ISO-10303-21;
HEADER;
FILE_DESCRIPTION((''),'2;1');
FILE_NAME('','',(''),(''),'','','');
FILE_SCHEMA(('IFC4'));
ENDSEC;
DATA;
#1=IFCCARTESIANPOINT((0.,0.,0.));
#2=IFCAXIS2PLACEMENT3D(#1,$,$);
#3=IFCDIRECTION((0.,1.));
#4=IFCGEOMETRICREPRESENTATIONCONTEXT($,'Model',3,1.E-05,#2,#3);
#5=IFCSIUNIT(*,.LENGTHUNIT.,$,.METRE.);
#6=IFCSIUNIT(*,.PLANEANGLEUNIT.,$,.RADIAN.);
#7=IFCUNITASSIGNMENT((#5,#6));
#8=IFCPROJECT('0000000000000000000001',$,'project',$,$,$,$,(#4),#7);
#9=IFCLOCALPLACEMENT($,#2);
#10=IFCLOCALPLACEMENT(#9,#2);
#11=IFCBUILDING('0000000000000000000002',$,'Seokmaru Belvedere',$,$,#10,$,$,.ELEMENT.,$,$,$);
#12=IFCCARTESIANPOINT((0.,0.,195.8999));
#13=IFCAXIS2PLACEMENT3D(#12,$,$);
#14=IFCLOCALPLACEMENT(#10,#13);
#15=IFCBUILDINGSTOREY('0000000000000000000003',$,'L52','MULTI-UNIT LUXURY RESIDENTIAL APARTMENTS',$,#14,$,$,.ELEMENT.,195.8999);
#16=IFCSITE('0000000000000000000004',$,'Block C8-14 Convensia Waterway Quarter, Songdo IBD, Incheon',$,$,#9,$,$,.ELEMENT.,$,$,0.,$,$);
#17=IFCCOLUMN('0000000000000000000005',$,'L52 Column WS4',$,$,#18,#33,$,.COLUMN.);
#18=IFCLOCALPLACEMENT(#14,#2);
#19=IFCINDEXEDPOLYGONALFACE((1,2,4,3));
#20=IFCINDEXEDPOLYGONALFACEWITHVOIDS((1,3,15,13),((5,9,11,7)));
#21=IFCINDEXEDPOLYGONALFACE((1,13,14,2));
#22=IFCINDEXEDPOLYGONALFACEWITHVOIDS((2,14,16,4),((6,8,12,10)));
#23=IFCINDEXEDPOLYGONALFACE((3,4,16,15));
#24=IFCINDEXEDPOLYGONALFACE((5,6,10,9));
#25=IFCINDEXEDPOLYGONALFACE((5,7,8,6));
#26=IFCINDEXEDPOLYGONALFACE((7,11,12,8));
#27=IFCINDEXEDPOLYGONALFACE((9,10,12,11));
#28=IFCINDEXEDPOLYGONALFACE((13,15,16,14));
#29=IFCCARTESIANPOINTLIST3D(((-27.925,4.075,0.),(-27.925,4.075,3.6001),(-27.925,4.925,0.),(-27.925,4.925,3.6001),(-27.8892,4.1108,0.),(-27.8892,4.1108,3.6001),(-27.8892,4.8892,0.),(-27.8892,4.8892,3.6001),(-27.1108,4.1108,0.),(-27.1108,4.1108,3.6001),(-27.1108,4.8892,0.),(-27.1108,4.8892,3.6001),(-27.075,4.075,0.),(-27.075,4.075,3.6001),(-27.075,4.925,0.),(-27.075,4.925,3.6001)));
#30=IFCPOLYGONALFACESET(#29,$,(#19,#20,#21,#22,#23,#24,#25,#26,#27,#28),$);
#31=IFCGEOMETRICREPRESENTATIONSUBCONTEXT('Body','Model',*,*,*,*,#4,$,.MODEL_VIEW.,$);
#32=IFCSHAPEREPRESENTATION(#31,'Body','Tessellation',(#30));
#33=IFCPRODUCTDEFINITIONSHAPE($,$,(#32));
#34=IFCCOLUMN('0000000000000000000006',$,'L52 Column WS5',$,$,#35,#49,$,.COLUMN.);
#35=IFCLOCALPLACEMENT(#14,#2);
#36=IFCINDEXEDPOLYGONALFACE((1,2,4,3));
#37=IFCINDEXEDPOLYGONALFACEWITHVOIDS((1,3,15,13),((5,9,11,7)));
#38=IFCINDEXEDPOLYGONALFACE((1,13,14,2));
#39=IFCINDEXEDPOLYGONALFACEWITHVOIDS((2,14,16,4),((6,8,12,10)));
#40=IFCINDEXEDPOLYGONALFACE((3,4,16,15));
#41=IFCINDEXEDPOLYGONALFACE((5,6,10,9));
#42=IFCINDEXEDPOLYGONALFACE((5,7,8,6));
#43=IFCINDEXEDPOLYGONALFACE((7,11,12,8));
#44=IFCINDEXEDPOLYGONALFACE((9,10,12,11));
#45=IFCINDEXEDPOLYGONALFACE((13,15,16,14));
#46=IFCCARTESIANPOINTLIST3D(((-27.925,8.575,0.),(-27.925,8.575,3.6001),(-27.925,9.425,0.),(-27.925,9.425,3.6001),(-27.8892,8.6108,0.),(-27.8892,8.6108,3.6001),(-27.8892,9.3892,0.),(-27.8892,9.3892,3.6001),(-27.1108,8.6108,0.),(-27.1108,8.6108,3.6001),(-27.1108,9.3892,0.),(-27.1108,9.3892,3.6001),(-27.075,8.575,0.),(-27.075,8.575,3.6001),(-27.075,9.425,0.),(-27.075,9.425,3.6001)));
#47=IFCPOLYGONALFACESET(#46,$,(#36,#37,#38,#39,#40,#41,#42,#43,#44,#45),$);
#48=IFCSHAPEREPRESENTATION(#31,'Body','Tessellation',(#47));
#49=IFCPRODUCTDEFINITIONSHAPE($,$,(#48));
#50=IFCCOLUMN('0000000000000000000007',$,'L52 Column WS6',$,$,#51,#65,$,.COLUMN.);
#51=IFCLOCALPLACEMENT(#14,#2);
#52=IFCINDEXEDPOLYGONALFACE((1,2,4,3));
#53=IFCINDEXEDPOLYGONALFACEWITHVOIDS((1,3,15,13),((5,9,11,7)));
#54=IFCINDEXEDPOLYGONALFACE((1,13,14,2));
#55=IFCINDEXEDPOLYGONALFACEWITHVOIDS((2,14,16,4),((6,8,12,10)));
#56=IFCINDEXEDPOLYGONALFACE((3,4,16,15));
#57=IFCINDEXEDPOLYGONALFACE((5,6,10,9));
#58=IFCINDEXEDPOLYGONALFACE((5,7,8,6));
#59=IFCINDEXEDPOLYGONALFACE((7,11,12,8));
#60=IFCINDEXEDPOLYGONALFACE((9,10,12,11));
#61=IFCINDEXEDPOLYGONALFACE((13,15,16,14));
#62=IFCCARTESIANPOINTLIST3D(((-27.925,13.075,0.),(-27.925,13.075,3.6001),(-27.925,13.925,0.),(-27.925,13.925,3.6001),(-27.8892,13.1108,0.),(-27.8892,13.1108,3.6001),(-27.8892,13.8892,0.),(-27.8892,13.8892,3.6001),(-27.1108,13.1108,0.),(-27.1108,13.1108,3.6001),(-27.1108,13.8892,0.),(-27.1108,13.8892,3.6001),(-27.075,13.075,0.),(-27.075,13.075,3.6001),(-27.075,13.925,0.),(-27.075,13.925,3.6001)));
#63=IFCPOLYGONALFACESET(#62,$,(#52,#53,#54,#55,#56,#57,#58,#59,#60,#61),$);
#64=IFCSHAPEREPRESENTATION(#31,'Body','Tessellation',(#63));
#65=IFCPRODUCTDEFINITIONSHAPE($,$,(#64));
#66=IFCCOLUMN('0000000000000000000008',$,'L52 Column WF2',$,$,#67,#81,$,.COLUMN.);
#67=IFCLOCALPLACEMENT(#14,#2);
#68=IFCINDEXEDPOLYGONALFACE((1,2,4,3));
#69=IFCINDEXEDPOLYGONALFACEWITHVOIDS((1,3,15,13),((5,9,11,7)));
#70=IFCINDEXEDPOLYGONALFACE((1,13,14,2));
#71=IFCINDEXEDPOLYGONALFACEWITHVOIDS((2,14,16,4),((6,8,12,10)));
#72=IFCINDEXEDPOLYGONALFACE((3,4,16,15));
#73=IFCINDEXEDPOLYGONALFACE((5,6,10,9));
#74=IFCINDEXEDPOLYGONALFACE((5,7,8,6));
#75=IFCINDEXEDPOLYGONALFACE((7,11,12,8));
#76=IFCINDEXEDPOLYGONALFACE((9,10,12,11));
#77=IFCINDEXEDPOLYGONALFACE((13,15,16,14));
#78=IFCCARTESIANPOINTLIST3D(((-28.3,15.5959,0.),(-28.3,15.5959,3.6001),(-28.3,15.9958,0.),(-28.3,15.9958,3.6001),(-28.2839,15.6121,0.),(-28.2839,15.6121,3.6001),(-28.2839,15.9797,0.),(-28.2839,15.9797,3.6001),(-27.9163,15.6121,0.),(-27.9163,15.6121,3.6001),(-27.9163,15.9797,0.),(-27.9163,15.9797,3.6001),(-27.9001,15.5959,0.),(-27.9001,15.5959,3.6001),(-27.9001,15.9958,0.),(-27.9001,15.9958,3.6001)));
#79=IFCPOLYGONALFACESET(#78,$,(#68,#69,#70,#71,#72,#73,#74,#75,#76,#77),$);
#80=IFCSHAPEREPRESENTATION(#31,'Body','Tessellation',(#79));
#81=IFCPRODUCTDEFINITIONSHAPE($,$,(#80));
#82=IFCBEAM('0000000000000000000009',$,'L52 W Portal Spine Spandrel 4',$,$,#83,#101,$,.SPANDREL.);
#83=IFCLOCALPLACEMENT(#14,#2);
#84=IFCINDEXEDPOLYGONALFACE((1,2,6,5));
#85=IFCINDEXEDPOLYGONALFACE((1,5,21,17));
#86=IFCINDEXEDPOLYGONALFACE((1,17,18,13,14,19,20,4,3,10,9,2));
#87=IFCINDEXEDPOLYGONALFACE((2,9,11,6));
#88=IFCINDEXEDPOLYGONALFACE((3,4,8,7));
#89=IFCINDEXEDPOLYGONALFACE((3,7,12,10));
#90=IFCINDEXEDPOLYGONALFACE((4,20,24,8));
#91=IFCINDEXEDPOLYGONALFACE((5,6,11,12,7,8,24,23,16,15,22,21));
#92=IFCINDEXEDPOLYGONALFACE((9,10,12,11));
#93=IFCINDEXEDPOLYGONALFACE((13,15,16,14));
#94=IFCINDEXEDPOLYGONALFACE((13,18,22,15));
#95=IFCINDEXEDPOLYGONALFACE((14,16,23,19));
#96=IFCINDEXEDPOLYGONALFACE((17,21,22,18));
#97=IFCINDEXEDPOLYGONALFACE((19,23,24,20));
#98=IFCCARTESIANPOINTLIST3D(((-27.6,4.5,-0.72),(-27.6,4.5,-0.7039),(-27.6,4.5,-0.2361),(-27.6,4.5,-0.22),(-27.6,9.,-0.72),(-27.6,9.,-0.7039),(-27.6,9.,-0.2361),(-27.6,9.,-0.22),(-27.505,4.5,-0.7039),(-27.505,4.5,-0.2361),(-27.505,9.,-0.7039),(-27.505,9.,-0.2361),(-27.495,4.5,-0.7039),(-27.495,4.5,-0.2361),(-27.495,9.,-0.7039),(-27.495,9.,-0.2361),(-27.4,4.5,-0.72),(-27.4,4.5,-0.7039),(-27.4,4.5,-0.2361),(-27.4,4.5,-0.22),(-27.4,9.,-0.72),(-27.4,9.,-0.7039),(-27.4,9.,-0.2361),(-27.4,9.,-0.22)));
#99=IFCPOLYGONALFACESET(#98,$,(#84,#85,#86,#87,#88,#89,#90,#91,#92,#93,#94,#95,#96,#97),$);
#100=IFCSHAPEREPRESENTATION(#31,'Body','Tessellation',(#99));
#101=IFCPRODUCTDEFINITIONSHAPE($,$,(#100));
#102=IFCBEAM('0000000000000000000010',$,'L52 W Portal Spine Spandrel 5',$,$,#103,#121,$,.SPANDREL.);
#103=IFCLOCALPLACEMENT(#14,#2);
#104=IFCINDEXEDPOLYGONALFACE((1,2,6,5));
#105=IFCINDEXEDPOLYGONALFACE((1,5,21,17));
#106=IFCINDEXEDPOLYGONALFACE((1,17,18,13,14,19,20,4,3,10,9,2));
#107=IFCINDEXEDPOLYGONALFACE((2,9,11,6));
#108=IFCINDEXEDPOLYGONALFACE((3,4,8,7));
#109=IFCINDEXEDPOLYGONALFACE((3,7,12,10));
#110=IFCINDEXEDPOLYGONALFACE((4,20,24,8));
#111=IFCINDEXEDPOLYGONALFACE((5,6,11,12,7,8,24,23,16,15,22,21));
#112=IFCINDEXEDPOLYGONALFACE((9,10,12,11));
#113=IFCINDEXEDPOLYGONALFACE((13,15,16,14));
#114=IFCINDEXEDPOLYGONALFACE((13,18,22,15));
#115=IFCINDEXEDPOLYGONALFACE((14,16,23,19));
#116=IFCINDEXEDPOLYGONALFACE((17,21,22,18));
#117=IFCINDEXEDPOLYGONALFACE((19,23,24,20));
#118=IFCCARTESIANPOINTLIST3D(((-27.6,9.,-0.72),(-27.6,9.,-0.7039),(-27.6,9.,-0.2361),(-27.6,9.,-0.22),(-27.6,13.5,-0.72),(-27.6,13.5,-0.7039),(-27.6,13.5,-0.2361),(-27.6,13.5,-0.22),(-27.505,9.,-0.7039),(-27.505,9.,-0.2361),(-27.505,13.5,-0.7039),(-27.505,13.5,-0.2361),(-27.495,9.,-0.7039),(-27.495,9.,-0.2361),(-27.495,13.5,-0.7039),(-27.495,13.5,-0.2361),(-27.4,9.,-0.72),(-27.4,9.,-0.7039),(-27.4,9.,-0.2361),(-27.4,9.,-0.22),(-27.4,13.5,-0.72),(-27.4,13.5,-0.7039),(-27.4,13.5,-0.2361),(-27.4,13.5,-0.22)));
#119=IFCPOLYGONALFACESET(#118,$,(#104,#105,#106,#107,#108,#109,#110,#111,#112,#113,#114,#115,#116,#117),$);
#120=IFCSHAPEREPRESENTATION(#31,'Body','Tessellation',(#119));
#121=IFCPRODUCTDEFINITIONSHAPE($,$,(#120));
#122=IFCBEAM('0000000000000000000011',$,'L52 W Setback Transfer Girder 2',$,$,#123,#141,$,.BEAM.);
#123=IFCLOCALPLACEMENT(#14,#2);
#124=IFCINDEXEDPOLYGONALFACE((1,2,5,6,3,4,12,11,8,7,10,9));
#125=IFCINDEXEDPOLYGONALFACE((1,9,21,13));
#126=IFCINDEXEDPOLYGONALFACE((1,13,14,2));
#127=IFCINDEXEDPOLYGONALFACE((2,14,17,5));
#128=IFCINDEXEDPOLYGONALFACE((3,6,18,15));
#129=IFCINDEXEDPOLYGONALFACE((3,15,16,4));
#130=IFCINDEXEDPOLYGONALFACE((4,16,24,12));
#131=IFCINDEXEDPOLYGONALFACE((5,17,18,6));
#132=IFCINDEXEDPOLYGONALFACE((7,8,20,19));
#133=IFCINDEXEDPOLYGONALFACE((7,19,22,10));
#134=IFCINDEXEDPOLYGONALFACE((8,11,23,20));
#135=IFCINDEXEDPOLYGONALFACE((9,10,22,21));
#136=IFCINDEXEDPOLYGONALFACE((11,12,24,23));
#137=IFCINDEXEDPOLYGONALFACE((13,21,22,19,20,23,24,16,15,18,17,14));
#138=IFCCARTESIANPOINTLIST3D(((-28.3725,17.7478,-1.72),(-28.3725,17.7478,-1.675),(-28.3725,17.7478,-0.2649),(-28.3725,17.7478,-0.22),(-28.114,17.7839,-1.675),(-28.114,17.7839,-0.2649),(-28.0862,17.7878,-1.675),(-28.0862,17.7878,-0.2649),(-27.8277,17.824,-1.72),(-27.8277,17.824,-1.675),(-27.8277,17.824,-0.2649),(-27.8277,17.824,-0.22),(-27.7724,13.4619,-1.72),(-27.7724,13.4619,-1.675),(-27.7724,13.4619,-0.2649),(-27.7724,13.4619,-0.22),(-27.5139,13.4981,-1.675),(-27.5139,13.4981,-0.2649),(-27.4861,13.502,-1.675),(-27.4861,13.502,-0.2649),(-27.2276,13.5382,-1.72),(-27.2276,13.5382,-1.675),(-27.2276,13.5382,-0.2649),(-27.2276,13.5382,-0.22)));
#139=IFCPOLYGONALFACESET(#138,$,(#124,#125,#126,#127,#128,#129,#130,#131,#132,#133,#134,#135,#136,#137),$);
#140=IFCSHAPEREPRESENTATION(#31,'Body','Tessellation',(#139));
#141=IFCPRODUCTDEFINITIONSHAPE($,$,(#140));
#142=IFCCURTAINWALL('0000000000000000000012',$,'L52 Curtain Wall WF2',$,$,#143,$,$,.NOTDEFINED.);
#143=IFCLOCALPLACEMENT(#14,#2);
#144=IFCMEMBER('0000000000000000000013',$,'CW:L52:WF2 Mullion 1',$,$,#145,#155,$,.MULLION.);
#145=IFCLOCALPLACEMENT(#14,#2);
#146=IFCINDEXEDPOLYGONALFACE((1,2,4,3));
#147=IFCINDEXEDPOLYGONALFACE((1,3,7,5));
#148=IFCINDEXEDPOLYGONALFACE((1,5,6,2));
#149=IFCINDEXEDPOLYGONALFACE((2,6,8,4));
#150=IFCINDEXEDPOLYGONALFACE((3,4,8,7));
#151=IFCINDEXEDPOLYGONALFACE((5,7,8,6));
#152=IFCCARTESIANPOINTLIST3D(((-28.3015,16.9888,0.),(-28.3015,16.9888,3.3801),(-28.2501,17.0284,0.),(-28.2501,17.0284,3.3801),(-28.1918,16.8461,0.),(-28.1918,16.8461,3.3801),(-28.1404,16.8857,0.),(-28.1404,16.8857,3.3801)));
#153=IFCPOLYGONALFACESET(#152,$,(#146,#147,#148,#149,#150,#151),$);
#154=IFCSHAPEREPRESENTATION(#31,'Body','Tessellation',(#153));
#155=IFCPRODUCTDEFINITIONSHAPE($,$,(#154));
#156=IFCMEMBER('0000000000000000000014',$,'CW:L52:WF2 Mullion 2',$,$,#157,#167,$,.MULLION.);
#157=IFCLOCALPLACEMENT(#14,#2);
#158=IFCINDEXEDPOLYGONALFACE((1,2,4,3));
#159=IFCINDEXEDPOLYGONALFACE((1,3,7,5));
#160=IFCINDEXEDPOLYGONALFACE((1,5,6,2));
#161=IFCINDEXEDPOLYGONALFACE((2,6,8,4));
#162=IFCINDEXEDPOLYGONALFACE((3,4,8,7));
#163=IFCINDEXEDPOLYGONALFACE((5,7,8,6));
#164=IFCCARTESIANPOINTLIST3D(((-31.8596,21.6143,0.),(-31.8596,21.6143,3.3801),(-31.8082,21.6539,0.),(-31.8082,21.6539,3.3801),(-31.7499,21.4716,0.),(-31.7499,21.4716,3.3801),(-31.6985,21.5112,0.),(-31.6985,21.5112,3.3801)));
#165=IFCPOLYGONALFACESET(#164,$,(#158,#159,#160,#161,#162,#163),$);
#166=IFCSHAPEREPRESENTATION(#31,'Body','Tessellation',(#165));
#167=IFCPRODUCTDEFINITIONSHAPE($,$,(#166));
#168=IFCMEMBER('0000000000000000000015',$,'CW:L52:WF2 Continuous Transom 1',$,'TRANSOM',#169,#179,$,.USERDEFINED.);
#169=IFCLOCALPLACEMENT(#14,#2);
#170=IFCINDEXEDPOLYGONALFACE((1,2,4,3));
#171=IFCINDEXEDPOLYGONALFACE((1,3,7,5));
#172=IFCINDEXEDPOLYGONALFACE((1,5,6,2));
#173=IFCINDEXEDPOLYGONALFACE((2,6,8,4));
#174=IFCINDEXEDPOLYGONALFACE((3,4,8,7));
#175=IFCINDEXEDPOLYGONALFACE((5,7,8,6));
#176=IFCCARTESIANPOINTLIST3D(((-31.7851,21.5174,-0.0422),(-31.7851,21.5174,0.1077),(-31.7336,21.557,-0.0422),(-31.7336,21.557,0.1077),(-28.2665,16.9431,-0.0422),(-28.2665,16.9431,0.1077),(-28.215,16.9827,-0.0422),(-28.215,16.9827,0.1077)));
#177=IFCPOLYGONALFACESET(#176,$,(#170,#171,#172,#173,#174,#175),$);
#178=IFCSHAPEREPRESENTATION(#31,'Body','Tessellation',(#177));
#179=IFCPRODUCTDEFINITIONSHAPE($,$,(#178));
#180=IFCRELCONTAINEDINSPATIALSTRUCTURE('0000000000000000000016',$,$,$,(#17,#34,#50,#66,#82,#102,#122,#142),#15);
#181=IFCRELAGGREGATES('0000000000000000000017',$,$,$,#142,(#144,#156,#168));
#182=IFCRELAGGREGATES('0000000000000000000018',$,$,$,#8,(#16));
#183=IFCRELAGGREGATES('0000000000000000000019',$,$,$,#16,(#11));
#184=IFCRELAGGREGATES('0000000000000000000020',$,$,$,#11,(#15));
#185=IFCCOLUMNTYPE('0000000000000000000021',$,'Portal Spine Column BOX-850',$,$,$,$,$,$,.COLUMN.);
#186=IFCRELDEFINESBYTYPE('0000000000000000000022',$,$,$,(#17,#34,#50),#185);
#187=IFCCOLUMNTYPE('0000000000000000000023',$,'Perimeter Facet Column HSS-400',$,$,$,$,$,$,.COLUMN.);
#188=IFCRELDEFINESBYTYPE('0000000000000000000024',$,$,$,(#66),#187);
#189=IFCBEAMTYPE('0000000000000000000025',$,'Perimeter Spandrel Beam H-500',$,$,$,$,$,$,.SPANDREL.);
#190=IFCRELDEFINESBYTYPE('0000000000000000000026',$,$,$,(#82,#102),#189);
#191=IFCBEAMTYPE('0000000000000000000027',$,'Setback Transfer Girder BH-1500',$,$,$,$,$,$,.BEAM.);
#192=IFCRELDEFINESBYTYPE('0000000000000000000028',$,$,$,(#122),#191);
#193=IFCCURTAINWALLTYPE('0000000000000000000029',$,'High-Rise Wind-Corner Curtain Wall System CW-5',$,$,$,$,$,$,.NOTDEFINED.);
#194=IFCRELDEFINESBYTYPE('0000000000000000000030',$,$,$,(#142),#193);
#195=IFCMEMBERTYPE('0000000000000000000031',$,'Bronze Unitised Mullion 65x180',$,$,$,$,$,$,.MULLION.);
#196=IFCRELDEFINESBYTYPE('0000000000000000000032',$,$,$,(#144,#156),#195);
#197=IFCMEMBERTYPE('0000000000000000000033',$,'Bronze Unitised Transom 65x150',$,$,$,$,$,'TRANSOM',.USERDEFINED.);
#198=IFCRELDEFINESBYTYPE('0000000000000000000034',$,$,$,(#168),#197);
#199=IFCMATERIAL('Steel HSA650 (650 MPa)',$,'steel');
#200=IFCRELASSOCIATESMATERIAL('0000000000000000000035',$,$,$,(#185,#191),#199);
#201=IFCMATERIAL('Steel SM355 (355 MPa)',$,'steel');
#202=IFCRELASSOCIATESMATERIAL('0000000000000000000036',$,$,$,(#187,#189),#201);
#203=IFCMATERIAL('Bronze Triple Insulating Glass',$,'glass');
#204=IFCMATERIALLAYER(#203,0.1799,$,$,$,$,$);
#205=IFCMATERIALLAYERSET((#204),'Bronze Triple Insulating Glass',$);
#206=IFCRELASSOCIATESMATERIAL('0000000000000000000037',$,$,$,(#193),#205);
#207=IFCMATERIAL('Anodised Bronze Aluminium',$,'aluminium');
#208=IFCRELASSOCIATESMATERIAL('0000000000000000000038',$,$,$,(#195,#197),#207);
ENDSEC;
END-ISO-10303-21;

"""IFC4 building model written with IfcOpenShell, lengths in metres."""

from ifc_helpers import new_model, si_unit, direction, frame, origin, origin_2d, place, context, subcontext, project, spatial, rectangle, hollow_rectangle, i_section, extrude, source, transform, mapped, material, layer, layer_set, material_profile, profile_set, type_object, type_shapes, element, aggregate, save


model = new_model("IFC4")

# Units and contexts
model_context = context("Model", 3, precision=1e-05, world=origin(), true_north=direction((0.0, 1.0)))
body_context = subcontext(model_context, "Body", "Model", "MODEL_VIEW")
ifc_project = project(units=[si_unit("LENGTHUNIT", "METRE"), si_unit("PLANEANGLEUNIT", "RADIAN")], contexts=[model_context])

# Site, building, storey
site_placement = place(None, origin())
site = spatial("IfcSite", under=ifc_project, at=site_placement, Name="Block C8-14 Convensia Waterway Quarter, Songdo IBD, Incheon", CompositionType="ELEMENT", RefElevation=0.0)
building_placement = place(site_placement, origin())
building = spatial("IfcBuilding", under=site, at=building_placement, Name="Seokmaru Belvedere", CompositionType="ELEMENT")
storey_placement = place(building_placement, frame((0.0, 0.0, 195.8999)))
storey = spatial("IfcBuildingStorey", under=building, at=storey_placement, Name="L52", Description="MULTI-UNIT LUXURY RESIDENTIAL APARTMENTS", CompositionType="ELEMENT", Elevation=195.8999)

# Columns
ifc_material_1 = material(Name="Steel HSA650 (650 MPa)", Category="steel")
ifc_material_profile_1 = material_profile(ifc_material_1, hollow_rectangle(XDim=0.8501, YDim=0.8501, WallThickness=0.0359, at=origin_2d()), Name="BOX-850x850x36")
ifc_profile_set_1 = profile_set([ifc_material_profile_1], Name="Steel HSA650 (650 MPa)")
column_type_1 = type_object("IfcColumnType", Name="Portal Spine Column BOX-850", PredefinedType="COLUMN", material=ifc_profile_set_1)
shared_shape_1 = source(origin(), body_context, "Body", "SweptSolid", [
    extrude(hollow_rectangle(XDim=0.8501, YDim=0.8501, WallThickness=0.0359, at=origin_2d()), origin(), (0.0, 0.0, 1.0), 3.6001),
])
type_shapes(column_type_1, [shared_shape_1])
for number, where, z_axis, x_axis, name in (
    (1, (-27.5, 4.5, 0.0), (0.0, 0.0, 1.0), (1.0, 0.0, 0.0), "L52 Column WS4"),
    (2, (-27.5, 9.0, 0.0), (0.0, 0.0, 1.0), (1.0, 0.0, 0.0), "L52 Column WS5"),
    (3, (-27.5, 13.5, 0.0), (0.0, 0.0, 1.0), (1.0, 0.0, 0.0), "L52 Column WS6"),
):
    element("IfcColumn", number, at=place(storey_placement, frame(where, z_axis=z_axis, x_axis=x_axis)), inside=storey, type_object=column_type_1, Name=name, PredefinedType="COLUMN", context=body_context, shape_type="MappedRepresentation", body=[
        mapped(shared_shape_1, transform((0.0, 0.0, 0.0), scale=1.0)),
    ])
ifc_material_2 = material(Name="Steel SM355 (355 MPa)", Category="steel")
ifc_material_profile_2 = material_profile(ifc_material_2, hollow_rectangle(XDim=0.3999, YDim=0.3999, WallThickness=0.0161, at=origin_2d()), Name="HSS-400x400x16")
ifc_profile_set_2 = profile_set([ifc_material_profile_2], Name="Steel SM355 (355 MPa)")
column_type_2 = type_object("IfcColumnType", Name="Perimeter Facet Column HSS-400", PredefinedType="COLUMN", material=ifc_profile_set_2)
shared_shape_2 = source(origin(), body_context, "Body", "SweptSolid", [
    extrude(hollow_rectangle(XDim=0.3999, YDim=0.3999, WallThickness=0.0161, at=origin_2d()), origin(), (0.0, 0.0, 1.0), 3.6001),
])
type_shapes(column_type_2, [shared_shape_2])
column_placement = place(storey_placement, frame((-28.1001, 15.7959, 0.0), z_axis=(0.0, 0.0, 1.0), x_axis=(1.0, 0.0, 0.0)))
element("IfcColumn", 4, at=column_placement, inside=storey, type_object=column_type_2, Name="L52 Column WF2", PredefinedType="COLUMN", context=body_context, shape_type="MappedRepresentation", body=[
    mapped(shared_shape_2, transform((0.0, 0.0, 0.0), scale=1.0)),
])

# Beams
ifc_material_profile_3 = material_profile(ifc_material_2, i_section(OverallWidth=0.2, OverallDepth=0.5, WebThickness=0.01, FlangeThickness=0.0161, at=origin_2d()), Name="H-500x200x10x16")
ifc_profile_set_3 = profile_set([ifc_material_profile_3], Name="Steel SM355 (355 MPa)")
beam_type_1 = type_object("IfcBeamType", Name="Perimeter Spandrel Beam H-500", PredefinedType="SPANDREL", material=ifc_profile_set_3)
shared_shape_3 = source(origin(), body_context, "Body", "SweptSolid", [
    extrude(i_section(OverallWidth=0.2, OverallDepth=0.5, WebThickness=0.01, FlangeThickness=0.0161, at=origin_2d()), origin(), (0.0, 0.0, 1.0), 4.5),
])
type_shapes(beam_type_1, [shared_shape_3])
for number, where, z_axis, x_axis, name in (
    (5, (-27.5, 4.5, -0.47), (0.0, 1.0, 0.0), (-1.0, 0.0, 0.0), "L52 W Portal Spine Spandrel 4"),
    (6, (-27.5, 9.0, -0.47), (0.0, 1.0, 0.0), (-1.0, 0.0, 0.0), "L52 W Portal Spine Spandrel 5"),
):
    element("IfcBeam", number, at=place(storey_placement, frame(where, z_axis=z_axis, x_axis=x_axis)), inside=storey, type_object=beam_type_1, Name=name, PredefinedType="SPANDREL", context=body_context, shape_type="MappedRepresentation", body=[
        mapped(shared_shape_3, transform((0.0, 0.0, 0.0), scale=1.0)),
    ])
ifc_material_profile_4 = material_profile(ifc_material_1, i_section(OverallWidth=0.55, OverallDepth=1.5, WebThickness=0.0281, FlangeThickness=0.0449, at=origin_2d()), Name="BH-1500x550x28x45")
ifc_profile_set_4 = profile_set([ifc_material_profile_4], Name="Steel HSA650 (650 MPa)")
beam_type_2 = type_object("IfcBeamType", Name="Setback Transfer Girder BH-1500", PredefinedType="BEAM", material=ifc_profile_set_4)
shared_shape_4 = source(origin(), body_context, "Body", "SweptSolid", [
    extrude(i_section(OverallWidth=0.55, OverallDepth=1.5, WebThickness=0.0281, FlangeThickness=0.0449, at=origin_2d()), origin(), (0.0, 0.0, 1.0), 4.3276),
])
type_shapes(beam_type_2, [shared_shape_4])
beam_1_placement = place(storey_placement, frame((-28.1001, 17.7859, -0.97), z_axis=(0.138664, -0.990339, 0.0), x_axis=(0.990339, 0.138664, 0.0)))
element("IfcBeam", 7, at=beam_1_placement, inside=storey, type_object=beam_type_2, Name="L52 W Setback Transfer Girder 2", PredefinedType="BEAM", context=body_context, shape_type="MappedRepresentation", body=[
    mapped(shared_shape_4, transform((0.0, 0.0, 0.0), scale=1.0)),
])

# Curtain wall, members
ifc_material_3 = material(Name="Bronze Triple Insulating Glass", Category="glass")
ifc_layer_1 = layer(ifc_material_3, 0.1799)
ifc_layer_set_1 = layer_set([ifc_layer_1], Name="Bronze Triple Insulating Glass")
curtain_wall_type = type_object("IfcCurtainWallType", Name="High-Rise Wind-Corner Curtain Wall System CW-5", PredefinedType="NOTDEFINED", material=ifc_layer_set_1)
curtain_wall_placement = place(storey_placement, origin())
curtain_wall = element("IfcCurtainWall", 8, at=curtain_wall_placement, inside=storey, type_object=curtain_wall_type, Name="L52 Curtain Wall WF2", PredefinedType="NOTDEFINED")
ifc_material_4 = material(Name="Anodised Bronze Aluminium", Category="aluminium")
ifc_material_profile_5 = material_profile(ifc_material_4, rectangle(XDim=0.0649, YDim=0.1799, at=origin_2d()), Name="CW-M-65x180")
ifc_profile_set_5 = profile_set([ifc_material_profile_5], Name="Anodised Bronze Aluminium")
member_type_1 = type_object("IfcMemberType", Name="Bronze Unitised Mullion 65x180", PredefinedType="MULLION", material=ifc_profile_set_5)
shared_shape_5 = source(origin(), body_context, "Body", "SweptSolid", [
    extrude(rectangle(XDim=0.0649, YDim=0.1799, at=origin_2d()), origin(), (0.0, 0.0, 1.0), 3.3801),
])
type_shapes(member_type_1, [shared_shape_5])
member_1_placement = place(storey_placement, frame((-28.2209, 16.9373, 0.0), z_axis=(0.0, 0.0, 1.0), x_axis=(-0.792631, -0.609701, 0.0)))
member_1 = element("IfcMember", 9, at=member_1_placement, type_object=member_type_1, Name="CW:L52:WF2 Mullion 1", PredefinedType="MULLION", context=body_context, shape_type="MappedRepresentation", body=[
    mapped(shared_shape_5, transform((0.0, 0.0, 0.0), scale=1.0)),
])
member_2_placement = place(storey_placement, frame((-31.7791, 21.5627, 0.0), z_axis=(0.0, 0.0, 1.0), x_axis=(-0.792631, -0.609701, 0.0)))
member_2 = element("IfcMember", 10, at=member_2_placement, type_object=member_type_1, Name="CW:L52:WF2 Mullion 2", PredefinedType="MULLION", context=body_context, shape_type="MappedRepresentation", body=[
    mapped(shared_shape_5, transform((0.0, 0.0, 0.0), scale=1.0)),
])
ifc_material_profile_6 = material_profile(ifc_material_4, rectangle(XDim=0.0649, YDim=0.1499, at=origin_2d()), Name="CW-T-65x150")
ifc_profile_set_6 = profile_set([ifc_material_profile_6], Name="Anodised Bronze Aluminium")
member_type_2 = type_object("IfcMemberType", Name="Bronze Unitised Transom 65x150", ElementType="TRANSOM", PredefinedType="USERDEFINED", material=ifc_profile_set_6)
shared_shape_6 = source(origin(), body_context, "Body", "SweptSolid", [
    extrude(rectangle(XDim=0.0649, YDim=0.1499, at=origin_2d()), origin(), (0.0, 0.0, 1.0), 5.771),
])
type_shapes(member_type_2, [shared_shape_6])
member_3_placement = place(storey_placement, frame((-28.2407, 16.9629, 0.0327), z_axis=(-0.609703, 0.79263, 0.0), x_axis=(-0.79263, -0.609703, 0.0)))
member_3 = element("IfcMember", 11, at=member_3_placement, type_object=member_type_2, Name="CW:L52:WF2 Continuous Transom 1", ObjectType="TRANSOM", PredefinedType="USERDEFINED", context=body_context, shape_type="MappedRepresentation", body=[
    mapped(shared_shape_6, transform((0.0, 0.0, 0.0), scale=1.0)),
])

aggregate(curtain_wall, [member_1, member_2, member_3])

save(model, "model.ifc")
